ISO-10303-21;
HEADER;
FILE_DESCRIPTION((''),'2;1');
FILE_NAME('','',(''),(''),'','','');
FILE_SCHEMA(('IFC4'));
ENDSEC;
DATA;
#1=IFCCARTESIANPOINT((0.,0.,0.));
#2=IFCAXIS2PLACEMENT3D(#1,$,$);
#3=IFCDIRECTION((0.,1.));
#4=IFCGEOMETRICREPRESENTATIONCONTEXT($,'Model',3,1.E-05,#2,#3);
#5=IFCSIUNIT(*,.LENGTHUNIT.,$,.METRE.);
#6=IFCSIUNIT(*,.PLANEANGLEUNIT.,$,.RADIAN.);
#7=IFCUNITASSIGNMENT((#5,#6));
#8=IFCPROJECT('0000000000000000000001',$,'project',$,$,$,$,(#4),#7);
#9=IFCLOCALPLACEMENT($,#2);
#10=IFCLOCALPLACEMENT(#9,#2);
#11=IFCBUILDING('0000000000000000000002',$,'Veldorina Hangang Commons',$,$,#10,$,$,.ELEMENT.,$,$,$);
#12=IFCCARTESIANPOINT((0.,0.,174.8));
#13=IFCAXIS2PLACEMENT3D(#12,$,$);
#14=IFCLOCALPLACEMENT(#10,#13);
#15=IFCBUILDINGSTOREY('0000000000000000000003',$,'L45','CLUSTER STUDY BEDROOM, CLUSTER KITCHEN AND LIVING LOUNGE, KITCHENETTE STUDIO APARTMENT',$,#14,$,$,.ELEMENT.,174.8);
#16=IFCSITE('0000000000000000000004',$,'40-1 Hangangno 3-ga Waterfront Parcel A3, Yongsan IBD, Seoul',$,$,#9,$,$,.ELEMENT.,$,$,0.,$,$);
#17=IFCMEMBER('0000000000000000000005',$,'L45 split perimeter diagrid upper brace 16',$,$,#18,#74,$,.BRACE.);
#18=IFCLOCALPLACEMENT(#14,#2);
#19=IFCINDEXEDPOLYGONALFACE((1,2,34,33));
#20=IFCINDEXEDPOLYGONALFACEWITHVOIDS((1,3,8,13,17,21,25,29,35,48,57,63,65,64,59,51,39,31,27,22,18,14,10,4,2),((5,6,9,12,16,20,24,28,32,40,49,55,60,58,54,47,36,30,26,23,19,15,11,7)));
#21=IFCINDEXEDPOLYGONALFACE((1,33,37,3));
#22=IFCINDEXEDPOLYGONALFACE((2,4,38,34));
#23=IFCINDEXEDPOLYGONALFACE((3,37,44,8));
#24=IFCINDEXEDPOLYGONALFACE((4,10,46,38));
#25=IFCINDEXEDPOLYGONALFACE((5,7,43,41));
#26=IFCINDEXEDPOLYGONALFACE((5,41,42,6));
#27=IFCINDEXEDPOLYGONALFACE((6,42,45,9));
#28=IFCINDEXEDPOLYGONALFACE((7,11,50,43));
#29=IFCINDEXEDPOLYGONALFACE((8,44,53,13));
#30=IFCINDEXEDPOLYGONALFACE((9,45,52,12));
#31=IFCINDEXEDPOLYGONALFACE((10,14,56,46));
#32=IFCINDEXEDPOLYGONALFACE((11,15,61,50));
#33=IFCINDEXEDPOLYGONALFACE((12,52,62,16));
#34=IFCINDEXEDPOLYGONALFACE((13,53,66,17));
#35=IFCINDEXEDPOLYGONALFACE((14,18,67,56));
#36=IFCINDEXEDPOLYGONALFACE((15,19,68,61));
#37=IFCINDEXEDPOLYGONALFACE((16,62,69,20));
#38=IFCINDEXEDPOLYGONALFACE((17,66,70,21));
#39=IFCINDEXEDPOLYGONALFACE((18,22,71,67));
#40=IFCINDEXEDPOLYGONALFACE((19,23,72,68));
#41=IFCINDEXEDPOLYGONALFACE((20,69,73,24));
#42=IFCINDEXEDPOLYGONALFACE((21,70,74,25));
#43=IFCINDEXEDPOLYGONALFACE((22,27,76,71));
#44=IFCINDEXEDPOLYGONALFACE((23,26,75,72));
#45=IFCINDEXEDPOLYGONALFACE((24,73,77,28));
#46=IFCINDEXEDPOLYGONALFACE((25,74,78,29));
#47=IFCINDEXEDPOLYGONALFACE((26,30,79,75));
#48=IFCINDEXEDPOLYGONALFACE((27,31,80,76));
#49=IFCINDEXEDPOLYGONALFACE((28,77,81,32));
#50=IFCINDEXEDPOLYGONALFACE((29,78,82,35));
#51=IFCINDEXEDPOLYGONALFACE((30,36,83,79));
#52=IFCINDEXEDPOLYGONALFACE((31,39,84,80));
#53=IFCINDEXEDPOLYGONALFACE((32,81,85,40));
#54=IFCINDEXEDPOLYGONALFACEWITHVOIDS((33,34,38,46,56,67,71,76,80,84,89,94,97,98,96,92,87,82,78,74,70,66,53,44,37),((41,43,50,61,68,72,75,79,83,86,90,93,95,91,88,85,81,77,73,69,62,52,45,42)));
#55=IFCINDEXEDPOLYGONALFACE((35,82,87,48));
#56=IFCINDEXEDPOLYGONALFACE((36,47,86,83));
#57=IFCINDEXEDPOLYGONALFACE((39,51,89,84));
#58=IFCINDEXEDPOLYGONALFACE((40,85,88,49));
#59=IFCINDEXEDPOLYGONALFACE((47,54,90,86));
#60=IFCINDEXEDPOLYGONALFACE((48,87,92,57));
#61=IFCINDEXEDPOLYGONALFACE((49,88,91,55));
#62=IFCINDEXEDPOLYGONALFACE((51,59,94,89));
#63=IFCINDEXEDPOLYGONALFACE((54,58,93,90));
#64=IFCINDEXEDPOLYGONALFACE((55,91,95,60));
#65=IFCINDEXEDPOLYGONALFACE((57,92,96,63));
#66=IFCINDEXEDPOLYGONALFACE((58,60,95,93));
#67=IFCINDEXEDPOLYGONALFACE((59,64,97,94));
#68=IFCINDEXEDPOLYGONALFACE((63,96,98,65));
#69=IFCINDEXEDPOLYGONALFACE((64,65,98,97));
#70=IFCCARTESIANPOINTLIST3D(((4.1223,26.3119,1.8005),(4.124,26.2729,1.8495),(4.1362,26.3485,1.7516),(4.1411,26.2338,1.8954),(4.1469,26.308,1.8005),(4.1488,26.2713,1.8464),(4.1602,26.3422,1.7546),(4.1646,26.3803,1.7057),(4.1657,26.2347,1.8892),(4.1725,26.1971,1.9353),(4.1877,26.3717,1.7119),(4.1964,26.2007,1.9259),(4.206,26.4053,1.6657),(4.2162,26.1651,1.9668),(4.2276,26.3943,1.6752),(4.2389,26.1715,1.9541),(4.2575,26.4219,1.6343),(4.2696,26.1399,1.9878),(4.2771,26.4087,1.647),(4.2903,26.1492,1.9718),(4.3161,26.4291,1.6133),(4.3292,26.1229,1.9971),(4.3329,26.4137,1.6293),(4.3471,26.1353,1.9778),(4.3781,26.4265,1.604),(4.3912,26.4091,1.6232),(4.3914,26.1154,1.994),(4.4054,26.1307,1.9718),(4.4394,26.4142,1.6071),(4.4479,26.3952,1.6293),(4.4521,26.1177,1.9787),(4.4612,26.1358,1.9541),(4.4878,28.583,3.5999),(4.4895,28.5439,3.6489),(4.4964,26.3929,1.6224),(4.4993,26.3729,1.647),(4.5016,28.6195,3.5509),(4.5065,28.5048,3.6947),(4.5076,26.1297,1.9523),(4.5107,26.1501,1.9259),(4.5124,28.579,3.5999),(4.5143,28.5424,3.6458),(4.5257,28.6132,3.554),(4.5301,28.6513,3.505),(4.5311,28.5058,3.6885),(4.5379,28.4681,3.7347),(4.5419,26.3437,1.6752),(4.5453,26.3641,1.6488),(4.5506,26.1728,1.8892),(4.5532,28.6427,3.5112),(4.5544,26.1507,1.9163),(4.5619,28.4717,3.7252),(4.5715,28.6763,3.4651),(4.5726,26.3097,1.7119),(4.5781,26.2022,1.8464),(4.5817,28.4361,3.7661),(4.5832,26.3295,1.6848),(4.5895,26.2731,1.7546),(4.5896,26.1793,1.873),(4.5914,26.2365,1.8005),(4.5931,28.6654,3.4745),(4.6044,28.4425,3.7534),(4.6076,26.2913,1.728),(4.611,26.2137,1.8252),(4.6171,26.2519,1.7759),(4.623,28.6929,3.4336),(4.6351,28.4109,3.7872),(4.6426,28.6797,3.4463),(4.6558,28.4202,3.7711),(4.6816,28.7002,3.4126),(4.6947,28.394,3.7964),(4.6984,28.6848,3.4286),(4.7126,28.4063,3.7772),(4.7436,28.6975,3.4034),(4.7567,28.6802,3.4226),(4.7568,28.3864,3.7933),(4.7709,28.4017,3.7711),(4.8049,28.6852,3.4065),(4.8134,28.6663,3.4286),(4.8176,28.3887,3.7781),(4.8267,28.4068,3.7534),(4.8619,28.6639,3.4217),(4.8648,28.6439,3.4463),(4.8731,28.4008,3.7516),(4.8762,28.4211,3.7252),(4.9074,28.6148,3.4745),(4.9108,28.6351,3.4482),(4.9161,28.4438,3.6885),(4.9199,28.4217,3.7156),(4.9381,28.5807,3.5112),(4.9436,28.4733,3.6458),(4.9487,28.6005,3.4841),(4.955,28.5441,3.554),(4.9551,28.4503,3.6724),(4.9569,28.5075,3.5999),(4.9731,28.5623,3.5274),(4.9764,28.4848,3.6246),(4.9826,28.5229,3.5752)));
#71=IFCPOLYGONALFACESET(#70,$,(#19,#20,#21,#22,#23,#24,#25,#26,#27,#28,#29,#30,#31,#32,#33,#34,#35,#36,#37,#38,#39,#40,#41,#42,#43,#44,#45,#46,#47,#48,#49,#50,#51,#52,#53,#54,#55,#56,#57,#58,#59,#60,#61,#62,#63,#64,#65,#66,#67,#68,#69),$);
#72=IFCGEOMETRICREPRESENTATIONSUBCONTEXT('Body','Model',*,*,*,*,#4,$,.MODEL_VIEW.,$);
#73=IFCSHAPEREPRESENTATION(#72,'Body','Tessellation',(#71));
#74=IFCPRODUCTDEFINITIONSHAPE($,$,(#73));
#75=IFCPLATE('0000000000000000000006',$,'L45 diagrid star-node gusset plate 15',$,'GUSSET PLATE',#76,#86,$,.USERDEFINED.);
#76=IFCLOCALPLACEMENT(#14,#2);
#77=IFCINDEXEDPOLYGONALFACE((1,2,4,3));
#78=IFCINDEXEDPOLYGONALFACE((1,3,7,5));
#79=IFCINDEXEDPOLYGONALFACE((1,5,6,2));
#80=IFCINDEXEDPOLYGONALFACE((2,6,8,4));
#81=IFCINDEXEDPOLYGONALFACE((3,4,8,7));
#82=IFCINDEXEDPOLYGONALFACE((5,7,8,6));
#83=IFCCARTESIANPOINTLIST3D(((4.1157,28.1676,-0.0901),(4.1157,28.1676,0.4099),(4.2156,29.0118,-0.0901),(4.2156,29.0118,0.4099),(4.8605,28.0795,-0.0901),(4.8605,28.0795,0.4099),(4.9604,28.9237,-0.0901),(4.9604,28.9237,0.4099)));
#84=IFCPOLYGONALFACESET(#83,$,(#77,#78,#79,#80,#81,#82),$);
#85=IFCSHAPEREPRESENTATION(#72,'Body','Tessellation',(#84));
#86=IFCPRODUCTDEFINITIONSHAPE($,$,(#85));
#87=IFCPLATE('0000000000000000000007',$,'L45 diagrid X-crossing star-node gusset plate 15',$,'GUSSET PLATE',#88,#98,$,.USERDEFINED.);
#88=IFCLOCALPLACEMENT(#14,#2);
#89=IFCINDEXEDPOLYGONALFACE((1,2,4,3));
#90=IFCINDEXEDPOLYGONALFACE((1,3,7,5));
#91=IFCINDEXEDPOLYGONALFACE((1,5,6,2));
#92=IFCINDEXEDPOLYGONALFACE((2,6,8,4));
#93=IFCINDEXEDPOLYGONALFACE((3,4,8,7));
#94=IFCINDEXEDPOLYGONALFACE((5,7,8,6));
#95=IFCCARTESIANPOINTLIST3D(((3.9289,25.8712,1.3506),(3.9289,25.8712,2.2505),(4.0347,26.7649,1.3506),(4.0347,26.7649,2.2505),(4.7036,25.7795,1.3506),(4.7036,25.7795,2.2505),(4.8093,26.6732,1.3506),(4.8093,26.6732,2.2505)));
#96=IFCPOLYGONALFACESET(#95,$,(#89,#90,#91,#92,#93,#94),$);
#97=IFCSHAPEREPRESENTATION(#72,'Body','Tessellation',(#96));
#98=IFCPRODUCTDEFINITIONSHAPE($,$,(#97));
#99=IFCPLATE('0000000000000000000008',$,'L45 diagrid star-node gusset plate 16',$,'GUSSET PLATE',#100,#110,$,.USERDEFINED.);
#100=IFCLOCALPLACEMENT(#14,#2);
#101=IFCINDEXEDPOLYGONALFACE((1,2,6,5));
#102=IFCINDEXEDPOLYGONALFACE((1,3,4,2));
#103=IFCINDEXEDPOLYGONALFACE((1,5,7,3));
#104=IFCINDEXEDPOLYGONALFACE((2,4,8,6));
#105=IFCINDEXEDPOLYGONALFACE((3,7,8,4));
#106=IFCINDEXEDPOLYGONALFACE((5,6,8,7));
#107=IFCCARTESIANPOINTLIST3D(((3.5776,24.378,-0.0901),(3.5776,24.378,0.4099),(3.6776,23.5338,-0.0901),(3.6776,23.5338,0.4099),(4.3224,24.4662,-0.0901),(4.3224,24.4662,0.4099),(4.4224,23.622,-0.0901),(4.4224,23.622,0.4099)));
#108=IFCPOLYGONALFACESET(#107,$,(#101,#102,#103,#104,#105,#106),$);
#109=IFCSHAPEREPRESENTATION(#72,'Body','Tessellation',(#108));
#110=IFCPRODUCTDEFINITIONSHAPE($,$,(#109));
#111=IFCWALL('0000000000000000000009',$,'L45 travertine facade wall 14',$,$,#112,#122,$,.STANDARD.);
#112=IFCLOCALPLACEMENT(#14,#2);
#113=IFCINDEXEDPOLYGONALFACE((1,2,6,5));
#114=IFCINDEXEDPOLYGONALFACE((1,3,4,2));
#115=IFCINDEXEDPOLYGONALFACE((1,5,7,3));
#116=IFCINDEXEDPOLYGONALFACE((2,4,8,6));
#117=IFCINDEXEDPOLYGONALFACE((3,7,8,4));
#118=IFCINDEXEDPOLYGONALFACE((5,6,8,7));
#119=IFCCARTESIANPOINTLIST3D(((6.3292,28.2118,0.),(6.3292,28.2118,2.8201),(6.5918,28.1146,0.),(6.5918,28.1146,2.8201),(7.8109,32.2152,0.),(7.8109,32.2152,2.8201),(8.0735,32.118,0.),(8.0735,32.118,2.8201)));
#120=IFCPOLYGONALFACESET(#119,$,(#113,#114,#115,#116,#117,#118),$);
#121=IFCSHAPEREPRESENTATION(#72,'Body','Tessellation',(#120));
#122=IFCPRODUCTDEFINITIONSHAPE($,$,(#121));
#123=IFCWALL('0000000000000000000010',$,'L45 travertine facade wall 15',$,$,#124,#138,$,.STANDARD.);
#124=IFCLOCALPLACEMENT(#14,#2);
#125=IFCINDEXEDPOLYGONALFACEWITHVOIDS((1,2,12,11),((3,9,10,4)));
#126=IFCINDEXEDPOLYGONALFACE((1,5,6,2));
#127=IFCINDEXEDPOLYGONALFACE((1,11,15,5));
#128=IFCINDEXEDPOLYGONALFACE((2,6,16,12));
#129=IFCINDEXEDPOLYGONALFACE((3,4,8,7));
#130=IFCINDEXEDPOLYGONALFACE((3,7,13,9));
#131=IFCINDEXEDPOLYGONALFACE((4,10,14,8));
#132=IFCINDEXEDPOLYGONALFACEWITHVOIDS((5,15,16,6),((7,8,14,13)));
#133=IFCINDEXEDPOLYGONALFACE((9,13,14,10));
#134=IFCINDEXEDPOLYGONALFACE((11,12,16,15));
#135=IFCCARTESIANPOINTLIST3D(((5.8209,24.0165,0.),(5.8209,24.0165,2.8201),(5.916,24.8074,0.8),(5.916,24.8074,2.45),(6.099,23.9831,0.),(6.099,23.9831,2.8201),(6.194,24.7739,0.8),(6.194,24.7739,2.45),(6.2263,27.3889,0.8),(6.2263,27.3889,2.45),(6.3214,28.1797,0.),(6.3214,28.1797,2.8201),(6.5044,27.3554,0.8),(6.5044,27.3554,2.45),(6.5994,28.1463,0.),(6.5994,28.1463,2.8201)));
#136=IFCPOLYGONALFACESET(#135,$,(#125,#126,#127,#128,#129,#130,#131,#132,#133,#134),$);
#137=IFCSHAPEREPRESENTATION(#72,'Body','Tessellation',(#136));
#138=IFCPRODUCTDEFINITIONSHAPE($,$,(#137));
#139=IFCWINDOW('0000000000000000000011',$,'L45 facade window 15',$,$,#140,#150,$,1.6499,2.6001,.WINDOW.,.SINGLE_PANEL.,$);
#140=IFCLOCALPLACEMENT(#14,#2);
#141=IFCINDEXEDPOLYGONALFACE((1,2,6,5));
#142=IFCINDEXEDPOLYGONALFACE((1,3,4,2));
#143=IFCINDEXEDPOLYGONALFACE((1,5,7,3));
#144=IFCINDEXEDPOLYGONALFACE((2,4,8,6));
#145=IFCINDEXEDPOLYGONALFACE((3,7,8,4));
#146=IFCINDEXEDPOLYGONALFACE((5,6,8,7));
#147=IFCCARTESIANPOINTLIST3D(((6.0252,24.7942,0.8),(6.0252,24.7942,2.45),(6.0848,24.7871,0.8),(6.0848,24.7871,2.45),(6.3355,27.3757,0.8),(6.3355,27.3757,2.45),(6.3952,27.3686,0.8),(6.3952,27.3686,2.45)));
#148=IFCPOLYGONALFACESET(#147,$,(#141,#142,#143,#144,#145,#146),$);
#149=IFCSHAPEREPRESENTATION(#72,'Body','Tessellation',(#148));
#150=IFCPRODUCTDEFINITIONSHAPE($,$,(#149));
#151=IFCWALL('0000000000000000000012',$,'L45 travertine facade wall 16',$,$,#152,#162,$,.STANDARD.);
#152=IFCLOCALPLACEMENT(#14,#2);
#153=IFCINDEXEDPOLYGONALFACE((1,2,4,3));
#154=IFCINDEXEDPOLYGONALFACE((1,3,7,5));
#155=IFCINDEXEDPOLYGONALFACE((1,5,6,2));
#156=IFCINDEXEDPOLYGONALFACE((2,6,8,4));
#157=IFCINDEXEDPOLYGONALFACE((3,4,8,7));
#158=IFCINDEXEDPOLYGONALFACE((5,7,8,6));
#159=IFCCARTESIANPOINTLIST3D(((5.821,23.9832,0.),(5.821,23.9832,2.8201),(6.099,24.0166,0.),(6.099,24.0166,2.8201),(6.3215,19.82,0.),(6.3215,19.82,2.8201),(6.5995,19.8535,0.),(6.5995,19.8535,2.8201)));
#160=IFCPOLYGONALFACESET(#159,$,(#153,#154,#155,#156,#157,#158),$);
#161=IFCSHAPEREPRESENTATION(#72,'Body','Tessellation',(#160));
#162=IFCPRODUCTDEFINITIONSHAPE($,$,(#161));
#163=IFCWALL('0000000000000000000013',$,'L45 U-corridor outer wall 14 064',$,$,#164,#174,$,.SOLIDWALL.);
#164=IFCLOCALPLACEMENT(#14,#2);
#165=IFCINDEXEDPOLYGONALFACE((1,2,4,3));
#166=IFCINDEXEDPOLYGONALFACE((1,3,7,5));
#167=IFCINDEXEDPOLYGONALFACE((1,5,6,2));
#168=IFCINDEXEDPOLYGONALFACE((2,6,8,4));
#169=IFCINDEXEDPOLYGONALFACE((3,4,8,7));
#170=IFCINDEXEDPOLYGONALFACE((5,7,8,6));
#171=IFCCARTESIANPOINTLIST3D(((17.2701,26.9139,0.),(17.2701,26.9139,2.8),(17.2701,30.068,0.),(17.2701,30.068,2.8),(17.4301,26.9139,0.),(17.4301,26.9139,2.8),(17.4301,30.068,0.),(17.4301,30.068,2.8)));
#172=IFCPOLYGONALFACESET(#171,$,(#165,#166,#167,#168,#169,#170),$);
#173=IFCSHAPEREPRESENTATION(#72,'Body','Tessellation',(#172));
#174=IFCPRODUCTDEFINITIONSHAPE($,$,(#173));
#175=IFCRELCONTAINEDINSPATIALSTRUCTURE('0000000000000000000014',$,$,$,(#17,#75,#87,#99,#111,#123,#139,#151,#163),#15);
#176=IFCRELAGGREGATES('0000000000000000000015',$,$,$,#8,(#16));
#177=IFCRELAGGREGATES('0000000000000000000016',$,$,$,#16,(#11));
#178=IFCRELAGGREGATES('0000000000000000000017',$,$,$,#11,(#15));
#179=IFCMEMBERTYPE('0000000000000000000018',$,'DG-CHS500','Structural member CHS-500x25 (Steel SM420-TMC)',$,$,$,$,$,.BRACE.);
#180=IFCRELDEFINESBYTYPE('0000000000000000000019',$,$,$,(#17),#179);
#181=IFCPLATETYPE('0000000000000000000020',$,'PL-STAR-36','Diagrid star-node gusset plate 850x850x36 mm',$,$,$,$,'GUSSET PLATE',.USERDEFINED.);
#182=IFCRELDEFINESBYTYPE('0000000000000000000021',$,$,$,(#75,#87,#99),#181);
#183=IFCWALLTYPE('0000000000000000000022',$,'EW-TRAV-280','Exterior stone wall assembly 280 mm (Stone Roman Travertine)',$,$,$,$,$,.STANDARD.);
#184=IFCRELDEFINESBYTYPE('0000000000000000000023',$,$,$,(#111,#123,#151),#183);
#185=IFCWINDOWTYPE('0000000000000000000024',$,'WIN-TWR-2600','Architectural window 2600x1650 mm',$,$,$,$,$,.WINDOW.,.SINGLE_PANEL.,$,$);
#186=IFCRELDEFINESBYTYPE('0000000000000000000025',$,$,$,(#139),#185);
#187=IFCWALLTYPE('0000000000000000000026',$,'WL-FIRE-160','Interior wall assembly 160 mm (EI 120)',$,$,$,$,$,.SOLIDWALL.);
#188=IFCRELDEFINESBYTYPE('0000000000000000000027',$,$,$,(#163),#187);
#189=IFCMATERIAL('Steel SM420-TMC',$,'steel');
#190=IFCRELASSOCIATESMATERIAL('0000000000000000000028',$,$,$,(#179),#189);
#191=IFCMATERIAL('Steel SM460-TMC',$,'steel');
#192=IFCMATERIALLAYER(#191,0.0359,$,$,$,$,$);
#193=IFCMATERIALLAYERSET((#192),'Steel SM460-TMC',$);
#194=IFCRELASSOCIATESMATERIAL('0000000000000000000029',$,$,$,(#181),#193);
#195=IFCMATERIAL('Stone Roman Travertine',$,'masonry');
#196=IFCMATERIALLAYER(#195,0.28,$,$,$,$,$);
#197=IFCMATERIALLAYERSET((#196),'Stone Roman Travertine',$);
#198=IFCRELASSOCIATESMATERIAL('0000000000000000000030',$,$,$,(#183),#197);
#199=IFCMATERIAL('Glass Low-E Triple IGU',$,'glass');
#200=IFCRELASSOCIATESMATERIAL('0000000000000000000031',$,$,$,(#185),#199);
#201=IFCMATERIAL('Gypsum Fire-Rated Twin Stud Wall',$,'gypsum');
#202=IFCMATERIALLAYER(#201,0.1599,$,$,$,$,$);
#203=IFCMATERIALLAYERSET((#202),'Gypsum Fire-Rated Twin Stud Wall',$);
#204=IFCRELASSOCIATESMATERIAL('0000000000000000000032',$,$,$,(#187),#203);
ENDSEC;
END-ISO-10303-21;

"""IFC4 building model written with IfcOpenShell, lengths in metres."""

from ifc_helpers import new_model, si_unit, direction, frame, frame_2d, origin, origin_2d, place, context, subcontext, project, spatial, rectangle, hollow_circle, extrude, material, layer, layer_set, material_profile, profile_set, type_object, element, fill, save


model = new_model("IFC4")

# Units and contexts
model_context = context("Model", 3, precision=1e-05, world=origin(), true_north=direction((0.0, 1.0)))
body_context = subcontext(model_context, "Body", "Model", "MODEL_VIEW")
ifc_project = project(units=[si_unit("LENGTHUNIT", "METRE"), si_unit("PLANEANGLEUNIT", "RADIAN")], contexts=[model_context])

# Site, building, storey
site_placement = place(None, origin())
site = spatial("IfcSite", under=ifc_project, at=site_placement, Name="40-1 Hangangno 3-ga Waterfront Parcel A3, Yongsan IBD, Seoul", CompositionType="ELEMENT", RefElevation=0.0)
building_placement = place(site_placement, origin())
building = spatial("IfcBuilding", under=site, at=building_placement, Name="Veldorina Hangang Commons", CompositionType="ELEMENT")
storey_placement = place(building_placement, frame((0.0, 0.0, 174.8)))
storey = spatial("IfcBuildingStorey", under=building, at=storey_placement, Name="L45", Description="CLUSTER STUDY BEDROOM, CLUSTER KITCHEN AND LIVING LOUNGE, KITCHENETTE STUDIO APARTMENT", CompositionType="ELEMENT", Elevation=174.8)

# Shared definitions
ifc_material_1 = material(Name="Steel SM420-TMC", Category="steel")

# Member
ifc_material_profile_1 = material_profile(ifc_material_1, hollow_circle(Radius=0.25, WallThickness=0.0249, at=origin_2d()), Name="CHS-500x25")
ifc_profile_set_1 = profile_set([ifc_material_profile_1], Name="Steel SM420-TMC")
member_type = type_object("IfcMemberType", Name="DG-CHS500", Description="Structural member CHS-500x25 (Steel SM420-TMC)", PredefinedType="BRACE", material=ifc_profile_set_1)
member_1_placement = place(storey_placement, frame((4.3691, 26.2722, 1.8005), z_axis=(0.125148, 0.777641, 0.616127), x_axis=(-0.987296, 0.158889, 0.0)))
element("IfcMember", 1, at=member_1_placement, inside=storey, type_object=member_type, Name="L45 split perimeter diagrid upper brace 16", PredefinedType="BRACE", context=body_context, shape_type="SweptSolid", body=[
    extrude(hollow_circle(Radius=0.25, WallThickness=0.0249, at=origin_2d()), origin(), (0.0, 0.0, 1.0), 2.9204),
])

# Plates
ifc_material_2 = material(Name="Steel SM460-TMC", Category="steel")
ifc_layer_1 = layer(ifc_material_2, 0.0359)
ifc_layer_set_1 = layer_set([ifc_layer_1], Name="Steel SM460-TMC")
plate_type = type_object("IfcPlateType", Name="PL-STAR-36", Description="Diagrid star-node gusset plate 850x850x36 mm", ElementType="GUSSET PLATE", PredefinedType="USERDEFINED", material=ifc_layer_set_1)
plate_1_placement = place(storey_placement, frame((4.5381, 28.5457, -0.0901), z_axis=(0.0, 0.0, 1.0), x_axis=(-0.117537, -0.993068, 0.0)))
element("IfcPlate", 2, at=plate_1_placement, inside=storey, type_object=plate_type, Name="L45 diagrid star-node gusset plate 15", ObjectType="GUSSET PLATE", PredefinedType="USERDEFINED", context=body_context, shape_type="SweptSolid", body=[
    extrude(rectangle(XDim=0.8501, YDim=0.75, at=origin_2d()), origin(), (0.0, 0.0, 1.0), 0.5),
])
plate_2_placement = place(storey_placement, frame((4.3691, 26.2722, 1.3506), z_axis=(0.0, 0.0, 1.0), x_axis=(-0.117537, -0.993068, 0.0)))
element("IfcPlate", 3, at=plate_2_placement, inside=storey, type_object=plate_type, Name="L45 diagrid X-crossing star-node gusset plate 15", ObjectType="GUSSET PLATE", PredefinedType="USERDEFINED", context=body_context, shape_type="SweptSolid", body=[
    extrude(rectangle(XDim=0.8999, YDim=0.78, at=origin_2d()), origin(), (0.0, 0.0, 1.0), 0.8999),
])
plate_3_placement = place(storey_placement, frame((4.0, 24.0, -0.0901), z_axis=(0.0, 0.0, 1.0), x_axis=(0.117537, -0.993068, 0.0)))
element("IfcPlate", 4, at=plate_3_placement, inside=storey, type_object=plate_type, Name="L45 diagrid star-node gusset plate 16", ObjectType="GUSSET PLATE", PredefinedType="USERDEFINED", context=body_context, shape_type="SweptSolid", body=[
    extrude(rectangle(XDim=0.8501, YDim=0.75, at=origin_2d()), origin(), (0.0, 0.0, 1.0), 0.5),
])

# Wall
ifc_material_3 = material(Name="Stone Roman Travertine", Category="masonry")
ifc_layer_2 = layer(ifc_material_3, 0.28)
ifc_layer_set_2 = layer_set([ifc_layer_2], Name="Stone Roman Travertine")
wall_type_1 = type_object("IfcWallType", Name="EW-TRAV-280", Description="Exterior stone wall assembly 280 mm (Stone Roman Travertine)", PredefinedType="STANDARD", material=ifc_layer_set_2)
wall_1_placement = place(storey_placement, frame((7.9421, 32.1665, 0.0), z_axis=(0.0, 0.0, 1.0), x_axis=(-0.347096, -0.937829, 0.0)))
element("IfcWall", 5, at=wall_1_placement, inside=storey, type_object=wall_type_1, Name="L45 travertine facade wall 14", PredefinedType="STANDARD", context=body_context, shape_type="SweptSolid", body=[
    extrude(rectangle(XDim=4.2688, YDim=0.28, at=frame_2d((2.1343, 0.0))), origin(), (0.0, 0.0, 1.0), 2.8201),
])

# Wall, opening, window
wall_2_placement = place(storey_placement, frame((6.4604, 28.1631, 0.0), z_axis=(0.0, 0.0, 1.0), x_axis=(-0.119361, -0.992851, 0.0)))
wall_2 = element("IfcWall", 6, at=wall_2_placement, inside=storey, type_object=wall_type_1, Name="L45 travertine facade wall 15", PredefinedType="STANDARD", context=body_context, shape_type="SweptSolid", body=[
    extrude(rectangle(XDim=4.1931, YDim=0.28, at=frame_2d((2.0967, 0.0))), origin(), (0.0, 0.0, 1.0), 2.8201),
])
opening_1_placement = place(wall_2_placement, frame((0.7966, 0.0, 0.8)))
opening_1 = element("IfcOpeningElement", 7, at=opening_1_placement, cuts=wall_2, PredefinedType="OPENING", context=body_context, shape_type="SweptSolid", body=[
    extrude(rectangle(XDim=2.6001, YDim=1.6499, at=frame_2d((1.3, 0.825))), frame((0.0, 0.1499, 0.0), z_axis=(0.0, -1.0, 0.0), x_axis=(1.0, 0.0, 0.0)), (0.0, 0.0, 1.0), 0.3),
])
ifc_material_4 = material(Name="Glass Low-E Triple IGU", Category="glass")
window_type = type_object("IfcWindowType", Name="WIN-TWR-2600", Description="Architectural window 2600x1650 mm", PartitioningType="SINGLE_PANEL", PredefinedType="WINDOW", material=ifc_material_4)
window_placement = place(opening_1_placement, origin())
window = element("IfcWindow", 8, at=window_placement, inside=storey, type_object=window_type, Name="L45 facade window 15", OverallHeight=1.6499, OverallWidth=2.6001, PartitioningType="SINGLE_PANEL", PredefinedType="WINDOW", context=body_context, shape_type="SweptSolid", body=[
    extrude(rectangle(XDim=2.6001, YDim=1.6499, at=frame_2d((1.3, 0.825))), frame((0.0, 0.03, 0.0), z_axis=(0.0, -1.0, 0.0), x_axis=(1.0, 0.0, 0.0)), (0.0, 0.0, 1.0), 0.0601),
])
fill(opening_1, window)

# Walls
wall_3_placement = place(storey_placement, frame((5.96, 24.0, 0.0), z_axis=(0.0, 0.0, 1.0), x_axis=(0.119361, -0.992851, 0.0)))
element("IfcWall", 9, at=wall_3_placement, inside=storey, type_object=wall_type_1, Name="L45 travertine facade wall 16", PredefinedType="STANDARD", context=body_context, shape_type="SweptSolid", body=[
    extrude(rectangle(XDim=4.1931, YDim=0.28, at=frame_2d((2.0967, 0.0))), origin(), (0.0, 0.0, 1.0), 2.8201),
])
ifc_material_5 = material(Name="Gypsum Fire-Rated Twin Stud Wall", Category="gypsum")
ifc_layer_3 = layer(ifc_material_5, 0.1599)
ifc_layer_set_3 = layer_set([ifc_layer_3], Name="Gypsum Fire-Rated Twin Stud Wall")
wall_type_2 = type_object("IfcWallType", Name="WL-FIRE-160", Description="Interior wall assembly 160 mm (EI 120)", PredefinedType="SOLIDWALL", material=ifc_layer_set_3)
wall_4_placement = place(storey_placement, frame((17.3501, 30.0681, 0.0), z_axis=(0.0, 0.0, 1.0), x_axis=(0.0, -1.0, 0.0)))
element("IfcWall", 10, at=wall_4_placement, inside=storey, type_object=wall_type_2, Name="L45 U-corridor outer wall 14 064", PredefinedType="SOLIDWALL", context=body_context, shape_type="SweptSolid", body=[
    extrude(rectangle(XDim=3.1541, YDim=0.1599, at=frame_2d((1.5771, 0.0))), origin(), (0.0, 0.0, 1.0), 2.8),
])

save(model, "model.ifc")
